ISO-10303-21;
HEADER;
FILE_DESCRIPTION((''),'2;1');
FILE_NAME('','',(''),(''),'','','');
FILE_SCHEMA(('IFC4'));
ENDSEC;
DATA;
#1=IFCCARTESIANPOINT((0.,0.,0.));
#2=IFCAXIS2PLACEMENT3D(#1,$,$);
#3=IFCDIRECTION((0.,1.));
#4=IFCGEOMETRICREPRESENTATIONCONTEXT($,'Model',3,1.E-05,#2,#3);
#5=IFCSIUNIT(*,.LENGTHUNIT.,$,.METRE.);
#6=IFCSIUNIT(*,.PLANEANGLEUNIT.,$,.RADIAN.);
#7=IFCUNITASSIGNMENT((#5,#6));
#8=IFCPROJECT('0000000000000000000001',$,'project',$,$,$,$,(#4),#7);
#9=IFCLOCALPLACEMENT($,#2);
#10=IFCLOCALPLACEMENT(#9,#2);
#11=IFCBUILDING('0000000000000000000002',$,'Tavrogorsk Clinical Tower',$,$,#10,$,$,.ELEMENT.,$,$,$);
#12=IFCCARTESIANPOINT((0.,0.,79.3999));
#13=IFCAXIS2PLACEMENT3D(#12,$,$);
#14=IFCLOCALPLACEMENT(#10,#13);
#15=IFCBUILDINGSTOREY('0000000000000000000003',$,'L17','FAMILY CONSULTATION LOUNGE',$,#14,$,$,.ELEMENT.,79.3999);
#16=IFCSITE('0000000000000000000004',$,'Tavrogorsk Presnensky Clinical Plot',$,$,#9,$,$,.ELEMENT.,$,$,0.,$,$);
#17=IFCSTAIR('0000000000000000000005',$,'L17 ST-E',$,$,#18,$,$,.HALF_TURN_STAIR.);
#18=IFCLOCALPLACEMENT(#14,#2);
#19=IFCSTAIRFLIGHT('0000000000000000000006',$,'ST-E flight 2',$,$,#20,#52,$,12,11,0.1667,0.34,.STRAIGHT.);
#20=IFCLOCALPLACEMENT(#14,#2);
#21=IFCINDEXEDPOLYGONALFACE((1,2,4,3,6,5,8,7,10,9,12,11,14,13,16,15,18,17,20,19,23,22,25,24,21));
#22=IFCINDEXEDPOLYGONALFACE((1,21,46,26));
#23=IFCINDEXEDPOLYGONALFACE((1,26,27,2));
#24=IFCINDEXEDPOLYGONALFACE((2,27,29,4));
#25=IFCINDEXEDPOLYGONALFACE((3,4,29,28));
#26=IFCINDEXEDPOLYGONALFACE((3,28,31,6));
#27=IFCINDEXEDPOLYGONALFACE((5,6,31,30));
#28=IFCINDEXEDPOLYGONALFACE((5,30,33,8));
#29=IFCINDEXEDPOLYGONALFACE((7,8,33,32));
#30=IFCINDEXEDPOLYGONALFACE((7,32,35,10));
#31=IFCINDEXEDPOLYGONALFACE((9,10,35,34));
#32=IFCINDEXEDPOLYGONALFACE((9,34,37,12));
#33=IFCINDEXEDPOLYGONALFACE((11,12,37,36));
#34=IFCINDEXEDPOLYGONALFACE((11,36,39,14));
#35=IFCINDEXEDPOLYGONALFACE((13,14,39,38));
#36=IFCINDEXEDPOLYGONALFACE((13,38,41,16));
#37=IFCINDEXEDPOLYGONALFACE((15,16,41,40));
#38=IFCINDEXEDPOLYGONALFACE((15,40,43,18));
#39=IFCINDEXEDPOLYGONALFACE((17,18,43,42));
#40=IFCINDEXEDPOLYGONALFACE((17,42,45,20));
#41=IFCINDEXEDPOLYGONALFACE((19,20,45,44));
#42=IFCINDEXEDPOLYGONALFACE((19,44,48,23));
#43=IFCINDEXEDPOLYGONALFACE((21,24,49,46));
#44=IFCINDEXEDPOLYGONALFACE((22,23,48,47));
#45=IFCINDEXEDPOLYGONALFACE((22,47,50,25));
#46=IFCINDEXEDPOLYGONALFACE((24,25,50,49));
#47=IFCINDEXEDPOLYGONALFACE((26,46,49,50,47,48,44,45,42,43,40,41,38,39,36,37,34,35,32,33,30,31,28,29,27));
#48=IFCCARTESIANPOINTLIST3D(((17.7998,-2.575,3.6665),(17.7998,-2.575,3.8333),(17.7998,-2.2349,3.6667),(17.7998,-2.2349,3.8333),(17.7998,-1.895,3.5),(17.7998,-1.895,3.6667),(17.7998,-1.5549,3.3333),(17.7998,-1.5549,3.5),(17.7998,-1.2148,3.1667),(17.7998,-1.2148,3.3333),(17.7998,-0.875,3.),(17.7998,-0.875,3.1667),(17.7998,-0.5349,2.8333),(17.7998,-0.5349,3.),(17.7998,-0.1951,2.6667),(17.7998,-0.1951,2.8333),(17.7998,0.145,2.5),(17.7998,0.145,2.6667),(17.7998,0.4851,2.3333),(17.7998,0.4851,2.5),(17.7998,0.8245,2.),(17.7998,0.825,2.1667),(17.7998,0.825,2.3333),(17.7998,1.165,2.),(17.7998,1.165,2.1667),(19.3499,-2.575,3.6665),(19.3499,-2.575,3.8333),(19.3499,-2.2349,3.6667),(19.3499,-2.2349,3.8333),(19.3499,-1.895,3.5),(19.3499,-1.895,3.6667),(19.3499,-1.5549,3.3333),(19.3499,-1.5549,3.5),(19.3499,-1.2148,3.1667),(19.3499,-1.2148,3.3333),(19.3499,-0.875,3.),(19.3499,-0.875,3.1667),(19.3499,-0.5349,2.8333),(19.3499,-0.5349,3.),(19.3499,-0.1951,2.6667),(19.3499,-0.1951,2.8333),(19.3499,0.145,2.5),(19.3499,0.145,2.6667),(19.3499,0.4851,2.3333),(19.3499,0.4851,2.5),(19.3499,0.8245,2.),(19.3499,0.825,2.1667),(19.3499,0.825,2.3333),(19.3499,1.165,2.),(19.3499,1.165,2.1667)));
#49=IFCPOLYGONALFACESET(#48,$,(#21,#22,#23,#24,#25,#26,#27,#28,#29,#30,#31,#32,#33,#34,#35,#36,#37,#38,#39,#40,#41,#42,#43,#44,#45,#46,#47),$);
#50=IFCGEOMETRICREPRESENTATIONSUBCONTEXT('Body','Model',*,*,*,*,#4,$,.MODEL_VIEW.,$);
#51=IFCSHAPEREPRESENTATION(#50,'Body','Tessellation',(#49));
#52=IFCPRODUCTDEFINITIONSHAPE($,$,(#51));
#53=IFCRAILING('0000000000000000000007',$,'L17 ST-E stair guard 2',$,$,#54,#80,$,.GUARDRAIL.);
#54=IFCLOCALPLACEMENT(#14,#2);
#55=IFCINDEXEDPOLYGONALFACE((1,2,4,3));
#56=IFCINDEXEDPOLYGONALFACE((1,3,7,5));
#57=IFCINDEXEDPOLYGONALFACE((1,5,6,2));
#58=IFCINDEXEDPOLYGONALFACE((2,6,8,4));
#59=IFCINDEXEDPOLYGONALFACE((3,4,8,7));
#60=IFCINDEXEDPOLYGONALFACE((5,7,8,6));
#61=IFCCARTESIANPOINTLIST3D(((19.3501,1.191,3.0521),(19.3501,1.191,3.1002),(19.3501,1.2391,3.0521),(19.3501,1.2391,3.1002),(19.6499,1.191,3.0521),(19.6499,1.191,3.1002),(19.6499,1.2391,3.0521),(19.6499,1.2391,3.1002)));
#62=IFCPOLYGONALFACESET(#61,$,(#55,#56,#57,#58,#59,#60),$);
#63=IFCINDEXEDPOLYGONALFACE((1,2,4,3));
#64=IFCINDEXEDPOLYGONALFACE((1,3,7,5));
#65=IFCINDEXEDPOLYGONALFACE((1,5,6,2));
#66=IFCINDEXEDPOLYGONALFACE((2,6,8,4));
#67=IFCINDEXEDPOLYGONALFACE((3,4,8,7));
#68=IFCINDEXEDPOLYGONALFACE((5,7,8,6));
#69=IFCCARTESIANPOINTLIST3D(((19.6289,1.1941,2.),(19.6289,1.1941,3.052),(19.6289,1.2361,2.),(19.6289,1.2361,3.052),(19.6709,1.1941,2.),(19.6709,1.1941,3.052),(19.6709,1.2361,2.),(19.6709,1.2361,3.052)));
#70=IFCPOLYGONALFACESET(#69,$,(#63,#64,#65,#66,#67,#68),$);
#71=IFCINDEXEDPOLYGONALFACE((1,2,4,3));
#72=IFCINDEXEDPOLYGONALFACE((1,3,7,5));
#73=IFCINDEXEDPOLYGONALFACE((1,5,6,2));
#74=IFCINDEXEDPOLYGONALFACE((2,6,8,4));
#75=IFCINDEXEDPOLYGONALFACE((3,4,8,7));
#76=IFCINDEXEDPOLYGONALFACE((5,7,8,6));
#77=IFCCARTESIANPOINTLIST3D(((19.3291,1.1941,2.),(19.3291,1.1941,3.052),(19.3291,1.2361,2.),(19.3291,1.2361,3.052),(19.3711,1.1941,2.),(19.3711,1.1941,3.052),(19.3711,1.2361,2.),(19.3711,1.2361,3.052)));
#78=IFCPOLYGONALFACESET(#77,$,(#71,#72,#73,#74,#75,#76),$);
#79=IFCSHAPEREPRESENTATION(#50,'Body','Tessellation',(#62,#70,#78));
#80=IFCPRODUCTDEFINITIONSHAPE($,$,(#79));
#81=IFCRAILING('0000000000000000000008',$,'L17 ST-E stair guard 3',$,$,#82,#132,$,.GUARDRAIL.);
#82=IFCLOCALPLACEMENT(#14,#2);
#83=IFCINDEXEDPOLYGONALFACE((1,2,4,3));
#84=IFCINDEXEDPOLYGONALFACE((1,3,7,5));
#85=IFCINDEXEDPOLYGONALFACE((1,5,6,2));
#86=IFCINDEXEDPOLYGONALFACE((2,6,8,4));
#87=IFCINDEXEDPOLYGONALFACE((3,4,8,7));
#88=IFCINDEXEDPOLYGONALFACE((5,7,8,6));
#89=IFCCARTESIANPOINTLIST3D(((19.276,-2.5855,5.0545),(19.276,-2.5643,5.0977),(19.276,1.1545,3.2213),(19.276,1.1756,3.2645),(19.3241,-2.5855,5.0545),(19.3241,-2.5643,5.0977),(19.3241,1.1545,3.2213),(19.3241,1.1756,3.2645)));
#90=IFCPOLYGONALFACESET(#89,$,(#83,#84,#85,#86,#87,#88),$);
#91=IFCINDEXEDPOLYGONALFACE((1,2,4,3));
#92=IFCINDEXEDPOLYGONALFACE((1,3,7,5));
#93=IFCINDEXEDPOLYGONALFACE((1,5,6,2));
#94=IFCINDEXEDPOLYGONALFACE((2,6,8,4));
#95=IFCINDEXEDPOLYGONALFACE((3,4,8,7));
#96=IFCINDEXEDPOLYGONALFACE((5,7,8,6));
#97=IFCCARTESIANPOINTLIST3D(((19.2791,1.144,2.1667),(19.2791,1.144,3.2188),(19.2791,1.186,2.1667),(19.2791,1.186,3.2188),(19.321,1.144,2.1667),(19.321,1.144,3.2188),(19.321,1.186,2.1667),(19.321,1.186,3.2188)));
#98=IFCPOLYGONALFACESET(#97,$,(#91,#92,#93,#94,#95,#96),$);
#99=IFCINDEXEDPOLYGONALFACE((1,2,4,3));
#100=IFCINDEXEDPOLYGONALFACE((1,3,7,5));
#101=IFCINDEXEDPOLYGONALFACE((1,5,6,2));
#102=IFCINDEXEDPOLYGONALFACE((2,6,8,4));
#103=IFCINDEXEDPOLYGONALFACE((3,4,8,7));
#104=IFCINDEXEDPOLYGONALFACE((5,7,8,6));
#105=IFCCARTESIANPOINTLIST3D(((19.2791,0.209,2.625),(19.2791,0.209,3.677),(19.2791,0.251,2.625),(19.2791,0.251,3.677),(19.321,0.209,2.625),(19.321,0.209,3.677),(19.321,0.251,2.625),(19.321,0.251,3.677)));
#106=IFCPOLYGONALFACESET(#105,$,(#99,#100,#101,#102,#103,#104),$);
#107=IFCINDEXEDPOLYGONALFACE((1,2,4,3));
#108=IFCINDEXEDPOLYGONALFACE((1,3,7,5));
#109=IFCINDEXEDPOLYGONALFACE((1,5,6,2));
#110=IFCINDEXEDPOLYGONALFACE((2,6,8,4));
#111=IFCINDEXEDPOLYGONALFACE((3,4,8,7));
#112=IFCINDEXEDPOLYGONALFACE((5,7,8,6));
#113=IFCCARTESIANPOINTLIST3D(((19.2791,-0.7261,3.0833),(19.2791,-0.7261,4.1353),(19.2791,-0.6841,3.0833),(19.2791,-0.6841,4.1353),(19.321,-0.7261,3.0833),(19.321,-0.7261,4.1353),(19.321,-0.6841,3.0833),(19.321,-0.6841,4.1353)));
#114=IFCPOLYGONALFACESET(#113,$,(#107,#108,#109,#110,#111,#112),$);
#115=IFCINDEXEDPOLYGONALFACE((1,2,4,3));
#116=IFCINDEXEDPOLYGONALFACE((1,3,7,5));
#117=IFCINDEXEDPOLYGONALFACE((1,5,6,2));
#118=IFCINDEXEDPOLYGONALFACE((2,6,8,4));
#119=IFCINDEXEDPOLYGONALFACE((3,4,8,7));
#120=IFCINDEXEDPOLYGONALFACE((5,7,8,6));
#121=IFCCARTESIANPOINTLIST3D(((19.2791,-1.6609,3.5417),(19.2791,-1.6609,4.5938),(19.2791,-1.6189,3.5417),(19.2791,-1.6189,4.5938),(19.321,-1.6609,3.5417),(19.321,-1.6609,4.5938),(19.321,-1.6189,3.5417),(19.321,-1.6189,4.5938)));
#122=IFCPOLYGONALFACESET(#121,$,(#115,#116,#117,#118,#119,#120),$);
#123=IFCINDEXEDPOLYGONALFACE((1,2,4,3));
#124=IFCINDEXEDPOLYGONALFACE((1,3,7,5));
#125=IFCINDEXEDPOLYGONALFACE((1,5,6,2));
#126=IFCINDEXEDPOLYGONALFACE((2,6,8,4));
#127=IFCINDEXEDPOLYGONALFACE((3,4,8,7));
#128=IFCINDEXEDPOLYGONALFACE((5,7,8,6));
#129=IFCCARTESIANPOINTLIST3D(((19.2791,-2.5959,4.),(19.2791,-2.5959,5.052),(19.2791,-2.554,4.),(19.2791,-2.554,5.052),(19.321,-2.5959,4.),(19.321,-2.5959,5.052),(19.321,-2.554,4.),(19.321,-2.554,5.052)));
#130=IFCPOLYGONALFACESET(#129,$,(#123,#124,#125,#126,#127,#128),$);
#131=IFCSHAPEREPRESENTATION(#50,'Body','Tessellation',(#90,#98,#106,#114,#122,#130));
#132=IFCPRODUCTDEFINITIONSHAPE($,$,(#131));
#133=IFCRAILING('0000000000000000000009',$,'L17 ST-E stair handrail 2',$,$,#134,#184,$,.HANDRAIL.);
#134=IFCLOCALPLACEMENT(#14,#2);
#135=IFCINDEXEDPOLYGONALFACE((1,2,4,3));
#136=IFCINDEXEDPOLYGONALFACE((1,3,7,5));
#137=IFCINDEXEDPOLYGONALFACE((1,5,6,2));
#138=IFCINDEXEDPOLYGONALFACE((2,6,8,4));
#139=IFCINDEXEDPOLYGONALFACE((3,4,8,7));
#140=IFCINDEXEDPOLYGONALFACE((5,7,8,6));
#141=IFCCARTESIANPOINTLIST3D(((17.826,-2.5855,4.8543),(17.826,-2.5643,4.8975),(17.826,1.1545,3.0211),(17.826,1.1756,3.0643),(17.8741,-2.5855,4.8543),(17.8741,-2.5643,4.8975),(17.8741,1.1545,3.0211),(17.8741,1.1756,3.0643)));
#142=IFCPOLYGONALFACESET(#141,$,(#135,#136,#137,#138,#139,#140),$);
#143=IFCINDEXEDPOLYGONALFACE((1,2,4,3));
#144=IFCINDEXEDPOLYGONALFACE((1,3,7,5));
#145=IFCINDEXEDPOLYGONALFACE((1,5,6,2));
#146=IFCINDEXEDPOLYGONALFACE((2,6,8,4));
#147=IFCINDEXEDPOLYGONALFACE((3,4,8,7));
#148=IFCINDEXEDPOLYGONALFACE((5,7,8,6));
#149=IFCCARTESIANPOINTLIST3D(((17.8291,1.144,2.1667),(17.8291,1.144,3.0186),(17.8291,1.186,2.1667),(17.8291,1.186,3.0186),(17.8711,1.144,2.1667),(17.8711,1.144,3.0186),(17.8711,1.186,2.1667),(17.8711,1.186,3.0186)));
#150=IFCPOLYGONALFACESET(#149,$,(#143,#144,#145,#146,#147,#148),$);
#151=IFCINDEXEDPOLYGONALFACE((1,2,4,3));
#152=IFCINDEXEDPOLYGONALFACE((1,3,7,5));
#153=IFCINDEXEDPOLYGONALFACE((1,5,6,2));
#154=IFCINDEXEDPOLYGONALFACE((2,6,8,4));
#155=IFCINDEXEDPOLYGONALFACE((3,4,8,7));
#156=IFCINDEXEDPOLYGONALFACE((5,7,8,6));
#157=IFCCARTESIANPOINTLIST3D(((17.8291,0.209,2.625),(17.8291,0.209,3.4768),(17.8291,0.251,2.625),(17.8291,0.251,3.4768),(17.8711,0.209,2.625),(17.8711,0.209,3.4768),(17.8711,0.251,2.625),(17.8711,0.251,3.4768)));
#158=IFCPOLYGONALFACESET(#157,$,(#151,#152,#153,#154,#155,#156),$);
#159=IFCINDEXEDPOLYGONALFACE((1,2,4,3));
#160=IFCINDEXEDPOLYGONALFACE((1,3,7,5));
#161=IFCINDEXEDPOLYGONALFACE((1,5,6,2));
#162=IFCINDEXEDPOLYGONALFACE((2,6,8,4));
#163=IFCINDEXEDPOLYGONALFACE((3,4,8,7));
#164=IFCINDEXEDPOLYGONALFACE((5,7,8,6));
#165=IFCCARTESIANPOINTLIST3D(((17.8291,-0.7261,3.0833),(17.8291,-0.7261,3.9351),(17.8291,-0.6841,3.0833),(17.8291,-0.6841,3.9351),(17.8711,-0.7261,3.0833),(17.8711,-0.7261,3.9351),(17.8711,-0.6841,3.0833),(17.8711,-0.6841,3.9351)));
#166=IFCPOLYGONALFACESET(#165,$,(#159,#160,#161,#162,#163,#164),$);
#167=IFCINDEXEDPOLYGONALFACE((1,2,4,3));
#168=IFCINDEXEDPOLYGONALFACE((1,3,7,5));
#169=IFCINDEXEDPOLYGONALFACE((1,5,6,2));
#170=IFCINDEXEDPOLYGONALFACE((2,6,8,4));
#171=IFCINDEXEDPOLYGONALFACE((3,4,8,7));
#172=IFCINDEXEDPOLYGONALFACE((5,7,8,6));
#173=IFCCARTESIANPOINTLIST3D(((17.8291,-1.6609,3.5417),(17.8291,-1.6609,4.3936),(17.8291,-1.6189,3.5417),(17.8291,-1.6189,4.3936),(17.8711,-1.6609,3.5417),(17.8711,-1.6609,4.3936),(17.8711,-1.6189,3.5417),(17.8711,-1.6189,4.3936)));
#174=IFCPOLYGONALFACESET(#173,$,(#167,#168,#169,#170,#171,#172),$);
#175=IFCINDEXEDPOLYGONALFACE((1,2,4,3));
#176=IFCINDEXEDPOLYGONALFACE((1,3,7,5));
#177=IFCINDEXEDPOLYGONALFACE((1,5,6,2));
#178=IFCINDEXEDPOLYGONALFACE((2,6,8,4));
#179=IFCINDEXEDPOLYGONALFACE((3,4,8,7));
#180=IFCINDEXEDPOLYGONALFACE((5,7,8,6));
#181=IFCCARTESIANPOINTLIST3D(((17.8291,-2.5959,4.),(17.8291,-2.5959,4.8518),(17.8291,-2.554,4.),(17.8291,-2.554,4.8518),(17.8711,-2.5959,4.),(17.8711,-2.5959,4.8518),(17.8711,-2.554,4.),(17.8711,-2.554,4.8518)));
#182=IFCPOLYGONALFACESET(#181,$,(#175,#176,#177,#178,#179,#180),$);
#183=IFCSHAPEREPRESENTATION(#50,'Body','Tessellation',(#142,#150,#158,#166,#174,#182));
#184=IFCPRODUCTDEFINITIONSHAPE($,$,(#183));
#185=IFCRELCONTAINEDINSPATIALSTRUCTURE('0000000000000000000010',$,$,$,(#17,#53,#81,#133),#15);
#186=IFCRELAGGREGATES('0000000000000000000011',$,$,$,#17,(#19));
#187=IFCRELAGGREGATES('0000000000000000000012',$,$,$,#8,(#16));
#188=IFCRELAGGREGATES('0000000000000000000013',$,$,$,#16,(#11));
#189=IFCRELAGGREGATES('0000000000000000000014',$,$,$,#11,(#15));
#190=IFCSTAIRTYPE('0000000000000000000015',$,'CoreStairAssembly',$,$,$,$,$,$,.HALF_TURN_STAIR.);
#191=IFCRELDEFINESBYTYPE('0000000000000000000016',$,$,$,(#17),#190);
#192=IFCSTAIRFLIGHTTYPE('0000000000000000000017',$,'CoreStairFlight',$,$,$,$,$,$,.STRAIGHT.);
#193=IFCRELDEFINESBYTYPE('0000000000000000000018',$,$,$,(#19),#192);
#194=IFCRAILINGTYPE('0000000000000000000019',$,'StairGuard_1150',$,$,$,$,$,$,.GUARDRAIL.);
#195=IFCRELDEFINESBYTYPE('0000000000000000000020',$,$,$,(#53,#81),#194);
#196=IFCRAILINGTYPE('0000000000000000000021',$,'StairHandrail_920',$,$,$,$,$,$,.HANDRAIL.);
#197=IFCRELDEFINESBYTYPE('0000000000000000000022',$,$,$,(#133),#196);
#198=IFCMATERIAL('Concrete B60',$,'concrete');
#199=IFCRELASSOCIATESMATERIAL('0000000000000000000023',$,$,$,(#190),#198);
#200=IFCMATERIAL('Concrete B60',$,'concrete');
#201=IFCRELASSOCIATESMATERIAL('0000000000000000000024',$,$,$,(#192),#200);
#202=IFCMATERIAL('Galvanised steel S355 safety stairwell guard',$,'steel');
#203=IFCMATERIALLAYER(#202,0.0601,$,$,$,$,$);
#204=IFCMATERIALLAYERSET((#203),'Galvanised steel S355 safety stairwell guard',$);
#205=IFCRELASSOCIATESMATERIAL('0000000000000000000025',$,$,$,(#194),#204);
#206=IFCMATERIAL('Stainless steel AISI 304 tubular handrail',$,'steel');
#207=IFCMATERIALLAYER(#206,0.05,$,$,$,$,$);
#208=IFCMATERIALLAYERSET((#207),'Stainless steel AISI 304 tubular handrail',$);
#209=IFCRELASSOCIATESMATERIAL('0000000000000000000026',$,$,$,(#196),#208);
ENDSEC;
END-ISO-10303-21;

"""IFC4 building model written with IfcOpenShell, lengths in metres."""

from ifc_helpers import new_model, si_unit, direction, frame, origin, origin_2d, place, context, subcontext, project, spatial, polyline, rectangle, outline, extrude, material, layer, layer_set, type_object, element, aggregate, save


model = new_model("IFC4")

# Units and contexts
model_context = context("Model", 3, precision=1e-05, world=origin(), true_north=direction((0.0, 1.0)))
body_context = subcontext(model_context, "Body", "Model", "MODEL_VIEW")
ifc_project = project(units=[si_unit("LENGTHUNIT", "METRE"), si_unit("PLANEANGLEUNIT", "RADIAN")], contexts=[model_context])

# Site, building, storey
site_placement = place(None, origin())
site = spatial("IfcSite", under=ifc_project, at=site_placement, Name="Tavrogorsk Presnensky Clinical Plot", CompositionType="ELEMENT", RefElevation=0.0)
building_placement = place(site_placement, origin())
building = spatial("IfcBuilding", under=site, at=building_placement, Name="Tavrogorsk Clinical Tower", CompositionType="ELEMENT")
storey_placement = place(building_placement, frame((0.0, 0.0, 79.3999)))
storey = spatial("IfcBuildingStorey", under=building, at=storey_placement, Name="L17", Description="FAMILY CONSULTATION LOUNGE", CompositionType="ELEMENT", Elevation=79.3999)

# Stair, stair flight
ifc_material_1 = material(Name="Concrete B60", Category="concrete")
stair_type = type_object("IfcStairType", Name="CoreStairAssembly", PredefinedType="HALF_TURN_STAIR", material=ifc_material_1)
stair_placement = place(storey_placement, origin())
stair = element("IfcStair", 1, at=stair_placement, inside=storey, type_object=stair_type, Name="L17 ST-E", PredefinedType="HALF_TURN_STAIR")
ifc_material_2 = material(Name="Concrete B60", Category="concrete")
stair_flight_type = type_object("IfcStairFlightType", Name="CoreStairFlight", PredefinedType="STRAIGHT", material=ifc_material_2)
stair_flight_placement = place(storey_placement, frame((18.575, 1.165, 2.0), z_axis=(0.0, 0.0, 1.0), x_axis=(0.0, -1.0, 0.0)))
stair_flight = element("IfcStairFlight", 2, at=stair_flight_placement, type_object=stair_flight_type, Name="ST-E flight 2", NumberOfRisers=12, NumberOfTreads=11, PredefinedType="STRAIGHT", RiserHeight=0.1667, TreadLength=0.34, context=body_context, shape_type="SweptSolid", body=[
    extrude(outline(polyline([(0.0, 0.0), (0.0, 0.1667), (0.3401, 0.1667), (0.3401, 0.3333), (0.6799, 0.3333), (0.6799, 0.5), (1.02, 0.5), (1.02, 0.6667), (1.3601, 0.6667), (1.3601, 0.8333), (1.7, 0.8333), (1.7, 1.0), (2.04, 1.0), (2.04, 1.1667), (2.3799, 1.1667), (2.3799, 1.3333), (2.72, 1.3333), (2.72, 1.5), (3.0601, 1.5), (3.0601, 1.6667), (3.3999, 1.6667), (3.3999, 1.8333), (3.74, 1.8333), (3.74, 2.0), (3.74, 1.6665), (0.3406, 0.0), (0.0, 0.0)])), frame((0.0, 0.7749, 0.0), z_axis=(0.0, -1.0, 0.0), x_axis=(1.0, 0.0, 0.0)), (0.0, 0.0, 1.0), 1.55),
])
aggregate(stair, [stair_flight])

# Railings
ifc_material_3 = material(Name="Galvanised steel S355 safety stairwell guard", Category="steel")
ifc_layer_1 = layer(ifc_material_3, 0.0601)
ifc_layer_set_1 = layer_set([ifc_layer_1], Name="Galvanised steel S355 safety stairwell guard")
railing_type_1 = type_object("IfcRailingType", Name="StairGuard_1150", PredefinedType="GUARDRAIL", material=ifc_layer_set_1)
railing_1_placement = place(storey_placement, frame((19.6499, 1.2151, 2.0)))
element("IfcRailing", 3, at=railing_1_placement, inside=storey, type_object=railing_type_1, Name="L17 ST-E stair guard 2", PredefinedType="GUARDRAIL", context=body_context, shape_type="SweptSolid", body=[
    extrude(rectangle(XDim=0.0481, YDim=0.0481, at=origin_2d()), frame((0.0, 0.0, 1.0762), z_axis=(-1.0, 0.0, 0.0), x_axis=(0.0, -1.0, 0.0)), (0.0, 0.0, 1.0), 0.2998),
    extrude(rectangle(XDim=0.042, YDim=0.042, at=origin_2d()), origin(), (0.0, 0.0, 1.0), 1.052),
    extrude(rectangle(XDim=0.042, YDim=0.042, at=origin_2d()), frame((-0.2998, 0.0, 0.0)), (0.0, 0.0, 1.0), 1.052),
])
railing_2_placement = place(storey_placement, frame((19.3, 1.165, 2.1667)))
element("IfcRailing", 4, at=railing_2_placement, inside=storey, type_object=railing_type_1, Name="L17 ST-E stair guard 3", PredefinedType="GUARDRAIL", context=body_context, shape_type="SweptSolid", body=[
    extrude(rectangle(XDim=0.0481, YDim=0.0481, at=origin_2d()), frame((0.0, 0.0, 1.0762), z_axis=(0.0, -0.897928, 0.440142), x_axis=(1.0, 0.0, 0.0)), (0.0, 0.0, 1.0), 4.165),
    extrude(rectangle(XDim=0.042, YDim=0.042, at=origin_2d()), origin(), (0.0, 0.0, 1.0), 1.052),
    extrude(rectangle(XDim=0.042, YDim=0.042, at=origin_2d()), frame((0.0, -0.9351, 0.4583)), (0.0, 0.0, 1.0), 1.052),
    extrude(rectangle(XDim=0.042, YDim=0.042, at=origin_2d()), frame((0.0, -1.8701, 0.9165)), (0.0, 0.0, 1.0), 1.052),
    extrude(rectangle(XDim=0.042, YDim=0.042, at=origin_2d()), frame((0.0, -2.8049, 1.375)), (0.0, 0.0, 1.0), 1.052),
    extrude(rectangle(XDim=0.042, YDim=0.042, at=origin_2d()), frame((0.0, -3.74, 1.8333)), (0.0, 0.0, 1.0), 1.052),
])
ifc_material_4 = material(Name="Stainless steel AISI 304 tubular handrail", Category="steel")
ifc_layer_2 = layer(ifc_material_4, 0.05)
ifc_layer_set_2 = layer_set([ifc_layer_2], Name="Stainless steel AISI 304 tubular handrail")
railing_type_2 = type_object("IfcRailingType", Name="StairHandrail_920", PredefinedType="HANDRAIL", material=ifc_layer_set_2)
railing_3_placement = place(storey_placement, frame((17.8501, 1.165, 2.1667)))
element("IfcRailing", 5, at=railing_3_placement, inside=storey, type_object=railing_type_2, Name="L17 ST-E stair handrail 2", PredefinedType="HANDRAIL", context=body_context, shape_type="SweptSolid", body=[
    extrude(rectangle(XDim=0.0481, YDim=0.0481, at=origin_2d()), frame((0.0, 0.0, 0.876), z_axis=(0.0, -0.897928, 0.440142), x_axis=(1.0, 0.0, 0.0)), (0.0, 0.0, 1.0), 4.165),
    extrude(rectangle(XDim=0.042, YDim=0.042, at=origin_2d()), origin(), (0.0, 0.0, 1.0), 0.8518),
    extrude(rectangle(XDim=0.042, YDim=0.042, at=origin_2d()), frame((0.0, -0.9351, 0.4583)), (0.0, 0.0, 1.0), 0.8518),
    extrude(rectangle(XDim=0.042, YDim=0.042, at=origin_2d()), frame((0.0, -1.8701, 0.9165)), (0.0, 0.0, 1.0), 0.8518),
    extrude(rectangle(XDim=0.042, YDim=0.042, at=origin_2d()), frame((0.0, -2.8049, 1.375)), (0.0, 0.0, 1.0), 0.8518),
    extrude(rectangle(XDim=0.042, YDim=0.042, at=origin_2d()), frame((0.0, -3.74, 1.8333)), (0.0, 0.0, 1.0), 0.8518),
])

save(model, "model.ifc")
